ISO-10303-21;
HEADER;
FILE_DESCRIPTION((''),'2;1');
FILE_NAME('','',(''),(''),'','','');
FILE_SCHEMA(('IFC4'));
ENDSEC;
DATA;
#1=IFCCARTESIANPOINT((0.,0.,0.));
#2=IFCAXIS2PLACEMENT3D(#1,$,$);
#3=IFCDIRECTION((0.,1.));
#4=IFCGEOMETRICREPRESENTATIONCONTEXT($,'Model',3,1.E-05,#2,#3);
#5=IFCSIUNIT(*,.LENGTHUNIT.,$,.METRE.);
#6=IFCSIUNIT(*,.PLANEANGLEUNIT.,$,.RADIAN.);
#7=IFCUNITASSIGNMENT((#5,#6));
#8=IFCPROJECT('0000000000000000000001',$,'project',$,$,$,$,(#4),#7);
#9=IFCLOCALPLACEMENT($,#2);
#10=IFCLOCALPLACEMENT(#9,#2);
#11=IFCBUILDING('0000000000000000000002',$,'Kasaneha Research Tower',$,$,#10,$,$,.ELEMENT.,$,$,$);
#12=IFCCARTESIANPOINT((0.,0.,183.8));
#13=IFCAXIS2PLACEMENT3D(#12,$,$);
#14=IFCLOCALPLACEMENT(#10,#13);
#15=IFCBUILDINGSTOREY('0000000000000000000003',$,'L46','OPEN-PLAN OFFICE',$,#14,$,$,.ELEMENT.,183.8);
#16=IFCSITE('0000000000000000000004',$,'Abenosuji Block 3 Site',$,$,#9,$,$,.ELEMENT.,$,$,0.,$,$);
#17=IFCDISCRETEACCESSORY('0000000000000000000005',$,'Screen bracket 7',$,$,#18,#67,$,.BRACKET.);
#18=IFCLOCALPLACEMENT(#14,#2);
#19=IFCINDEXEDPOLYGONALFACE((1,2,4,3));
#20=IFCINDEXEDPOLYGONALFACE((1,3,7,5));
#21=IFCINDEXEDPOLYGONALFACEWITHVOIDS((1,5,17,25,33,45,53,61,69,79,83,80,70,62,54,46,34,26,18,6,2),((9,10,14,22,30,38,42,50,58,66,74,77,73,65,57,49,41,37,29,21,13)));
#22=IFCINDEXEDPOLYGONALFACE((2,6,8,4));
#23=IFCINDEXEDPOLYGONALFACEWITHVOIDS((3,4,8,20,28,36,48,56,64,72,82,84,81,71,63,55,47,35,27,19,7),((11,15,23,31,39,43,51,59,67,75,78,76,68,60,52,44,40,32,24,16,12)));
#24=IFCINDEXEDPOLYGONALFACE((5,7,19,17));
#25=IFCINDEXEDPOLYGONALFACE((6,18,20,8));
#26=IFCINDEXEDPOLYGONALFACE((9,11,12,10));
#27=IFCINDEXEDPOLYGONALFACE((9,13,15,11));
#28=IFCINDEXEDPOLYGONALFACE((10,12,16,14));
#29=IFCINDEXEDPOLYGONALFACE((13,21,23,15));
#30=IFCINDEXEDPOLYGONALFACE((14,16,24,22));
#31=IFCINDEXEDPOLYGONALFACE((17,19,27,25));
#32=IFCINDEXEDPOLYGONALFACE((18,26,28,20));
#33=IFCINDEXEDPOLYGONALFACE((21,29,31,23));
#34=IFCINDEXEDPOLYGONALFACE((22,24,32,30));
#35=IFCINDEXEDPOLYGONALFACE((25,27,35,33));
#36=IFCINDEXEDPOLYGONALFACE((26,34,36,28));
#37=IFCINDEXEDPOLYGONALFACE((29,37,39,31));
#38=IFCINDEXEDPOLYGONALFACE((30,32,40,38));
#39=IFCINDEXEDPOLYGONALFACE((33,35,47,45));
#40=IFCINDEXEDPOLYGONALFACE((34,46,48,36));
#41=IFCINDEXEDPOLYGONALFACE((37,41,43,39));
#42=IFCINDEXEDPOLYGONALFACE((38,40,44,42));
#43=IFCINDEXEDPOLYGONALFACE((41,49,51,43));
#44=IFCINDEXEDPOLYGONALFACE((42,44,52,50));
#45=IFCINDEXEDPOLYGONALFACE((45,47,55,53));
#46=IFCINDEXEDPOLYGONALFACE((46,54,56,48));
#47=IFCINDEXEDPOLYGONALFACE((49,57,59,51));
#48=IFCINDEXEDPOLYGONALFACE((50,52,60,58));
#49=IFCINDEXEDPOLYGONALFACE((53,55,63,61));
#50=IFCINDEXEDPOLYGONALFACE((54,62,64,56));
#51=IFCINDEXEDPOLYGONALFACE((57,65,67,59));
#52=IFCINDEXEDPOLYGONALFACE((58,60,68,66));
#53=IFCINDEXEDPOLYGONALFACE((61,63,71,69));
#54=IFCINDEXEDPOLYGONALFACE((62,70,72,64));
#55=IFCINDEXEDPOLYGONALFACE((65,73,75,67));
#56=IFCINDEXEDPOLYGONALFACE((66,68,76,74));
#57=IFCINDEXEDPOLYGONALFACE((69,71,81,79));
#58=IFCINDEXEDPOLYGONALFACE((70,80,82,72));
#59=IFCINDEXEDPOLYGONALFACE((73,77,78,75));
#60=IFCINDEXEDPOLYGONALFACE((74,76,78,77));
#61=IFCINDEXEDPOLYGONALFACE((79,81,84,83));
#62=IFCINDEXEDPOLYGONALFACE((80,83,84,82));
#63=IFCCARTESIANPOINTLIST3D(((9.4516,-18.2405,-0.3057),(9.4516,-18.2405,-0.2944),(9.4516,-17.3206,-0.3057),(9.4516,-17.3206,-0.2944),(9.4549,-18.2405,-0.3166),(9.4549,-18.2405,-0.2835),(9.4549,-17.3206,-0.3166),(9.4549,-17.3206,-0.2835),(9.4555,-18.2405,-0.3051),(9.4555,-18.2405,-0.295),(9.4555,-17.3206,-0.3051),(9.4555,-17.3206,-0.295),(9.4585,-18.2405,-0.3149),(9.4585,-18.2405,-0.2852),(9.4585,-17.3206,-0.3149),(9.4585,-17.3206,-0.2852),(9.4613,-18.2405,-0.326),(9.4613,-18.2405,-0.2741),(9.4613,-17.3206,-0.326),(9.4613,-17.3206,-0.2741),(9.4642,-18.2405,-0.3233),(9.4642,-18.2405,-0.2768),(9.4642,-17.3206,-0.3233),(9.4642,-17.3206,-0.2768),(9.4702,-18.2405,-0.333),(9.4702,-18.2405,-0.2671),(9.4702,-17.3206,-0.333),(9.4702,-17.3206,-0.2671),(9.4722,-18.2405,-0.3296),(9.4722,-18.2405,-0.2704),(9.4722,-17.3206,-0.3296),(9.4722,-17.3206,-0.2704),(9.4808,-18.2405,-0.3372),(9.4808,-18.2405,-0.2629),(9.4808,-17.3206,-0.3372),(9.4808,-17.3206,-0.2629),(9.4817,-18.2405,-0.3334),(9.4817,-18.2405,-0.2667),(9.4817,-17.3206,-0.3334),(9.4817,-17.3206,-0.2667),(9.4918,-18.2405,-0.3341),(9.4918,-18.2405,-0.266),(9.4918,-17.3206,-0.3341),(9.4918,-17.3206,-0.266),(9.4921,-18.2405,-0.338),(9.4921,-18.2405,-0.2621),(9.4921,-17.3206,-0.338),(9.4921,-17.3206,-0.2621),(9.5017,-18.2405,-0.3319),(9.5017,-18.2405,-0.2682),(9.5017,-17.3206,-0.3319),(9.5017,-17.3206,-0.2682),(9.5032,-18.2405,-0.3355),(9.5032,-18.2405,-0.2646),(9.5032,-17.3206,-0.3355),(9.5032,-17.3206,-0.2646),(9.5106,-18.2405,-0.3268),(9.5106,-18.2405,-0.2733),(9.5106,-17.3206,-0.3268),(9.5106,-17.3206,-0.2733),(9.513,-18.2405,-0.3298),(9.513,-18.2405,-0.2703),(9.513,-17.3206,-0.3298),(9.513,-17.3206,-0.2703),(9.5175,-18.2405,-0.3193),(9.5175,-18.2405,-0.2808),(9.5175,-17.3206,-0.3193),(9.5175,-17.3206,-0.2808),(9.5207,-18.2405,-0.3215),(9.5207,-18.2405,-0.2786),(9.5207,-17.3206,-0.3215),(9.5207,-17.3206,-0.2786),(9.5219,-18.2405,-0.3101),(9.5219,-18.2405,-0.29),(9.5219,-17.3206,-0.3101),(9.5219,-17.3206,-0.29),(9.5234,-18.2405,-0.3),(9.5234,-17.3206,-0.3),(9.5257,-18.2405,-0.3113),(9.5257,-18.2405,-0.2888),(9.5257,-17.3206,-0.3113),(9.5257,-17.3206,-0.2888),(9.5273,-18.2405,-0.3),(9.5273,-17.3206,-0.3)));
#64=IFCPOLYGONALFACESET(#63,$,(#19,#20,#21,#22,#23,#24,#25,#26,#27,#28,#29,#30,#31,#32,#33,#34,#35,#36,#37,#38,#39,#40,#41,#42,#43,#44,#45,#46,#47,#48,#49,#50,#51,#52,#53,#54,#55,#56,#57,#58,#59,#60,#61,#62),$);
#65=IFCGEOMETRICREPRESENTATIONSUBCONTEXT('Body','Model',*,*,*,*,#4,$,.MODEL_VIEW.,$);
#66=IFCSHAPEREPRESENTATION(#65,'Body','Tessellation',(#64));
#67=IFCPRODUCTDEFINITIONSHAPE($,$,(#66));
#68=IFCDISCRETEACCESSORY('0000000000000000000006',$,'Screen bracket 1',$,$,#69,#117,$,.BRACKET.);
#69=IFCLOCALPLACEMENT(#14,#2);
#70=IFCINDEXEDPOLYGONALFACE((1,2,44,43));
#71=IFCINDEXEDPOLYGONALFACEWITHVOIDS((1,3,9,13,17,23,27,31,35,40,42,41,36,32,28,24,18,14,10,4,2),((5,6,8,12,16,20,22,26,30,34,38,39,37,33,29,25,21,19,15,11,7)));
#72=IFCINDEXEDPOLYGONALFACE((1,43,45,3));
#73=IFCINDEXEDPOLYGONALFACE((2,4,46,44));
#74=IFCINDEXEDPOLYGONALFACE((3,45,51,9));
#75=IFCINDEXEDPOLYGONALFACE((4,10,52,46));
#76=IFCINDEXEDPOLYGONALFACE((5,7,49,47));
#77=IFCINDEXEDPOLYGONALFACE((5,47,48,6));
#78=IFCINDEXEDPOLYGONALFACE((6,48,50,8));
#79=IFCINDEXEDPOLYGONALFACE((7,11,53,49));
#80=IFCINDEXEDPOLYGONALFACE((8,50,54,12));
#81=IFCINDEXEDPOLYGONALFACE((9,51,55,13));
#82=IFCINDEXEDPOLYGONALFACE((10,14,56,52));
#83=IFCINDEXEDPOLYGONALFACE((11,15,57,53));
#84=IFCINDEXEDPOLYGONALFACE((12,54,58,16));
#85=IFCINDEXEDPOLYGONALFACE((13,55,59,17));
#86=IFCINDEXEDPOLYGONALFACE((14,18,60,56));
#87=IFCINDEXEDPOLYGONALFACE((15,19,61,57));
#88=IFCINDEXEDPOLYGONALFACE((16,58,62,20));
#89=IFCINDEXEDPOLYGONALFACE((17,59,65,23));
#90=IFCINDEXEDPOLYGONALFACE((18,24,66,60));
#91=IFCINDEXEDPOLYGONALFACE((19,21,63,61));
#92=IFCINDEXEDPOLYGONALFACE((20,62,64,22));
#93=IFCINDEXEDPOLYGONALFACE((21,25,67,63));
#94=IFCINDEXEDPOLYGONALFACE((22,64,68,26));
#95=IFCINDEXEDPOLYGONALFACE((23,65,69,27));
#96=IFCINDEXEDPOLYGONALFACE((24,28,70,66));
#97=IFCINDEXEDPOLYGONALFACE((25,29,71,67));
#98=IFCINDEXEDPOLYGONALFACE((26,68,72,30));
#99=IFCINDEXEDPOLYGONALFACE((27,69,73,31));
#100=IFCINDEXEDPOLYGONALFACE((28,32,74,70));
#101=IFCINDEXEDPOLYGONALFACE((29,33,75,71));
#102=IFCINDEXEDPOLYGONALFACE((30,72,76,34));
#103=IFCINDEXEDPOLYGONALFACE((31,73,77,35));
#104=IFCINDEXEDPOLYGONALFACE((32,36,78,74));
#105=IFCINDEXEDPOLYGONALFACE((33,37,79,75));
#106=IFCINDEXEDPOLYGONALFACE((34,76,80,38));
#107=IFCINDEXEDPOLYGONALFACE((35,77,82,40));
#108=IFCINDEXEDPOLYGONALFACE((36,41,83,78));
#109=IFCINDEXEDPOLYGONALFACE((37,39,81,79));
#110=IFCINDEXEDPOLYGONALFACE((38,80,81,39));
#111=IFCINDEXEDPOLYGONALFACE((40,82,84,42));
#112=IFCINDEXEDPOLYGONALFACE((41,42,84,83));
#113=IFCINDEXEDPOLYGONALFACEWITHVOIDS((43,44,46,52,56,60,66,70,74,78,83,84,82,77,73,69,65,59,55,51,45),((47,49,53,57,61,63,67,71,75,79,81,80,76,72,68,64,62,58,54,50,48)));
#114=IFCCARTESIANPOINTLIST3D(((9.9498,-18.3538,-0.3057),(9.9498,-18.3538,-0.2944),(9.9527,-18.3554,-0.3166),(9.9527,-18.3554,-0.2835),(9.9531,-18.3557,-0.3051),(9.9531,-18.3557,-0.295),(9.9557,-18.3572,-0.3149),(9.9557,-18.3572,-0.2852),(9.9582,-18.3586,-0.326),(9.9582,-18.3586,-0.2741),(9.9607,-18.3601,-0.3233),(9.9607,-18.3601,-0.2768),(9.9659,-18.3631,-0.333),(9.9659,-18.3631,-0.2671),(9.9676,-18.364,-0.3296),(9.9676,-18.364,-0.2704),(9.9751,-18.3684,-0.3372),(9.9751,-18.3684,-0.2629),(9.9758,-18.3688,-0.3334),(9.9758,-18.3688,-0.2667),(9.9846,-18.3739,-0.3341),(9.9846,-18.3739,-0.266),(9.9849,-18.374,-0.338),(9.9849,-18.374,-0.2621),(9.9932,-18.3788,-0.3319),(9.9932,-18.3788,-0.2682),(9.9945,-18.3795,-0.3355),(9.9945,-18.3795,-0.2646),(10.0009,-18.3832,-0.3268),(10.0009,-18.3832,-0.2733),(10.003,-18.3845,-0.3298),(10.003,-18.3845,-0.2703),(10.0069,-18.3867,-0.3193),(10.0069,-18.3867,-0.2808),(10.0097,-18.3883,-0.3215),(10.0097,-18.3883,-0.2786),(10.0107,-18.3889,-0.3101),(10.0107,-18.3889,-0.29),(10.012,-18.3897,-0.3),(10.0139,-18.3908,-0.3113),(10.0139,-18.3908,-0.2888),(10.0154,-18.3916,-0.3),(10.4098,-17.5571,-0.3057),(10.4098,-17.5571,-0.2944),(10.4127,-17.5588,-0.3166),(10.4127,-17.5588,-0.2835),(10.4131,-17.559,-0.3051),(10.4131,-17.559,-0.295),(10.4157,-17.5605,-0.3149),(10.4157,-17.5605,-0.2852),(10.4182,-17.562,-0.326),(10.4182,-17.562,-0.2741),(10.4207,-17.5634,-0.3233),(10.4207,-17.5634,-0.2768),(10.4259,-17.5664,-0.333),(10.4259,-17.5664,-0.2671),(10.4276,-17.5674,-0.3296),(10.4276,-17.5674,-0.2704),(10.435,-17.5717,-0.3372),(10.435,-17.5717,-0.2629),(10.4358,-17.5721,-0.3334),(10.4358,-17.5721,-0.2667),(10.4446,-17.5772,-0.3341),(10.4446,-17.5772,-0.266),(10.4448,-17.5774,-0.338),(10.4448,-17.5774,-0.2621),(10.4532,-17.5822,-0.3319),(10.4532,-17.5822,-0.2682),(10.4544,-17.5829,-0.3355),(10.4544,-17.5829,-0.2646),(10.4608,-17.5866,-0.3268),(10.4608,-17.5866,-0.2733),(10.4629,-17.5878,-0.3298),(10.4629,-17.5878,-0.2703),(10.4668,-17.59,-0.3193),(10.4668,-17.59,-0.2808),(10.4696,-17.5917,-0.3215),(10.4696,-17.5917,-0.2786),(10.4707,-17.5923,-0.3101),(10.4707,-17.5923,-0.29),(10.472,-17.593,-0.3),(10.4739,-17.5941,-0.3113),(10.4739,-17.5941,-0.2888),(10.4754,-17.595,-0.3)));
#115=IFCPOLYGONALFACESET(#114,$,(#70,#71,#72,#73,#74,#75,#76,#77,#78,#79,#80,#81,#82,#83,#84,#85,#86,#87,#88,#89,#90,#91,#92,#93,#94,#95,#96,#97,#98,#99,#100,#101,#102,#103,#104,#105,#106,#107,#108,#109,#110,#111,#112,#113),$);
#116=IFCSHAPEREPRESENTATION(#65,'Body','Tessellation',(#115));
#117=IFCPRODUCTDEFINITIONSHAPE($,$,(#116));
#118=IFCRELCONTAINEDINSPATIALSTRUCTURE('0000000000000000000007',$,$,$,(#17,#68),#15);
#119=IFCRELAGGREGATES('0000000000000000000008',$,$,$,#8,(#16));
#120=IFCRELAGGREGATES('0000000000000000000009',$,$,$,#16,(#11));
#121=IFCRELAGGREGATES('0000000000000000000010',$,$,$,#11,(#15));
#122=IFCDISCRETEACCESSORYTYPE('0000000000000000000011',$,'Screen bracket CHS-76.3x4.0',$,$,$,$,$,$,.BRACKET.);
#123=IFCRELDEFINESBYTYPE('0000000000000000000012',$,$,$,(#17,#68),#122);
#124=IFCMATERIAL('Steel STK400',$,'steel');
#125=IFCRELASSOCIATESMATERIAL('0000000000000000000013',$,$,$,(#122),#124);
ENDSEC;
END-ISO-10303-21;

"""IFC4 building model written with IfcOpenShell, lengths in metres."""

from ifc_helpers import new_model, si_unit, direction, frame, origin, origin_2d, place, context, subcontext, project, spatial, hollow_circle, extrude, material, material_profile, profile_set, type_object, element, save


model = new_model("IFC4")

# Units and contexts
model_context = context("Model", 3, precision=1e-05, world=origin(), true_north=direction((0.0, 1.0)))
body_context = subcontext(model_context, "Body", "Model", "MODEL_VIEW")
ifc_project = project(units=[si_unit("LENGTHUNIT", "METRE"), si_unit("PLANEANGLEUNIT", "RADIAN")], contexts=[model_context])

# Site, building, storey
site_placement = place(None, origin())
site = spatial("IfcSite", under=ifc_project, at=site_placement, Name="Abenosuji Block 3 Site", CompositionType="ELEMENT", RefElevation=0.0)
building_placement = place(site_placement, origin())
building = spatial("IfcBuilding", under=site, at=building_placement, Name="Kasaneha Research Tower", CompositionType="ELEMENT")
storey_placement = place(building_placement, frame((0.0, 0.0, 183.8)))
storey = spatial("IfcBuildingStorey", under=building, at=storey_placement, Name="L46", Description="OPEN-PLAN OFFICE", CompositionType="ELEMENT", Elevation=183.8)

# Discrete accessories
ifc_material_1 = material(Name="Steel STK400", Category="steel")
ifc_material_profile_1 = material_profile(ifc_material_1, hollow_circle(Radius=0.0381, WallThickness=0.0039, at=origin_2d()), Name="CHS-76.3x4.0")
ifc_profile_set_1 = profile_set([ifc_material_profile_1], Name="Steel STK400")
discrete_accessory_type = type_object("IfcDiscreteAccessoryType", Name="Screen bracket CHS-76.3x4.0", PredefinedType="BRACKET", material=ifc_profile_set_1)
for number, where, z_axis, x_axis, name in (
    (1, (9.4893, -17.3206, -0.3), (0.0, -1.0, 0.0), (1.0, 0.0, 0.0), "Screen bracket 7"),
    (2, (10.4424, -17.5759, -0.3), (-0.500021, -0.866013, 0.0), (0.866013, -0.500021, 0.0), "Screen bracket 1"),
):
    element("IfcDiscreteAccessory", number, at=place(storey_placement, frame(where, z_axis=z_axis, x_axis=x_axis)), inside=storey, type_object=discrete_accessory_type, Name=name, PredefinedType="BRACKET", context=body_context, shape_type="SweptSolid", body=[
        extrude(hollow_circle(Radius=0.0381, WallThickness=0.0039, at=origin_2d()), origin(), (0.0, 0.0, 1.0), 0.9199),
    ])

save(model, "model.ifc")
